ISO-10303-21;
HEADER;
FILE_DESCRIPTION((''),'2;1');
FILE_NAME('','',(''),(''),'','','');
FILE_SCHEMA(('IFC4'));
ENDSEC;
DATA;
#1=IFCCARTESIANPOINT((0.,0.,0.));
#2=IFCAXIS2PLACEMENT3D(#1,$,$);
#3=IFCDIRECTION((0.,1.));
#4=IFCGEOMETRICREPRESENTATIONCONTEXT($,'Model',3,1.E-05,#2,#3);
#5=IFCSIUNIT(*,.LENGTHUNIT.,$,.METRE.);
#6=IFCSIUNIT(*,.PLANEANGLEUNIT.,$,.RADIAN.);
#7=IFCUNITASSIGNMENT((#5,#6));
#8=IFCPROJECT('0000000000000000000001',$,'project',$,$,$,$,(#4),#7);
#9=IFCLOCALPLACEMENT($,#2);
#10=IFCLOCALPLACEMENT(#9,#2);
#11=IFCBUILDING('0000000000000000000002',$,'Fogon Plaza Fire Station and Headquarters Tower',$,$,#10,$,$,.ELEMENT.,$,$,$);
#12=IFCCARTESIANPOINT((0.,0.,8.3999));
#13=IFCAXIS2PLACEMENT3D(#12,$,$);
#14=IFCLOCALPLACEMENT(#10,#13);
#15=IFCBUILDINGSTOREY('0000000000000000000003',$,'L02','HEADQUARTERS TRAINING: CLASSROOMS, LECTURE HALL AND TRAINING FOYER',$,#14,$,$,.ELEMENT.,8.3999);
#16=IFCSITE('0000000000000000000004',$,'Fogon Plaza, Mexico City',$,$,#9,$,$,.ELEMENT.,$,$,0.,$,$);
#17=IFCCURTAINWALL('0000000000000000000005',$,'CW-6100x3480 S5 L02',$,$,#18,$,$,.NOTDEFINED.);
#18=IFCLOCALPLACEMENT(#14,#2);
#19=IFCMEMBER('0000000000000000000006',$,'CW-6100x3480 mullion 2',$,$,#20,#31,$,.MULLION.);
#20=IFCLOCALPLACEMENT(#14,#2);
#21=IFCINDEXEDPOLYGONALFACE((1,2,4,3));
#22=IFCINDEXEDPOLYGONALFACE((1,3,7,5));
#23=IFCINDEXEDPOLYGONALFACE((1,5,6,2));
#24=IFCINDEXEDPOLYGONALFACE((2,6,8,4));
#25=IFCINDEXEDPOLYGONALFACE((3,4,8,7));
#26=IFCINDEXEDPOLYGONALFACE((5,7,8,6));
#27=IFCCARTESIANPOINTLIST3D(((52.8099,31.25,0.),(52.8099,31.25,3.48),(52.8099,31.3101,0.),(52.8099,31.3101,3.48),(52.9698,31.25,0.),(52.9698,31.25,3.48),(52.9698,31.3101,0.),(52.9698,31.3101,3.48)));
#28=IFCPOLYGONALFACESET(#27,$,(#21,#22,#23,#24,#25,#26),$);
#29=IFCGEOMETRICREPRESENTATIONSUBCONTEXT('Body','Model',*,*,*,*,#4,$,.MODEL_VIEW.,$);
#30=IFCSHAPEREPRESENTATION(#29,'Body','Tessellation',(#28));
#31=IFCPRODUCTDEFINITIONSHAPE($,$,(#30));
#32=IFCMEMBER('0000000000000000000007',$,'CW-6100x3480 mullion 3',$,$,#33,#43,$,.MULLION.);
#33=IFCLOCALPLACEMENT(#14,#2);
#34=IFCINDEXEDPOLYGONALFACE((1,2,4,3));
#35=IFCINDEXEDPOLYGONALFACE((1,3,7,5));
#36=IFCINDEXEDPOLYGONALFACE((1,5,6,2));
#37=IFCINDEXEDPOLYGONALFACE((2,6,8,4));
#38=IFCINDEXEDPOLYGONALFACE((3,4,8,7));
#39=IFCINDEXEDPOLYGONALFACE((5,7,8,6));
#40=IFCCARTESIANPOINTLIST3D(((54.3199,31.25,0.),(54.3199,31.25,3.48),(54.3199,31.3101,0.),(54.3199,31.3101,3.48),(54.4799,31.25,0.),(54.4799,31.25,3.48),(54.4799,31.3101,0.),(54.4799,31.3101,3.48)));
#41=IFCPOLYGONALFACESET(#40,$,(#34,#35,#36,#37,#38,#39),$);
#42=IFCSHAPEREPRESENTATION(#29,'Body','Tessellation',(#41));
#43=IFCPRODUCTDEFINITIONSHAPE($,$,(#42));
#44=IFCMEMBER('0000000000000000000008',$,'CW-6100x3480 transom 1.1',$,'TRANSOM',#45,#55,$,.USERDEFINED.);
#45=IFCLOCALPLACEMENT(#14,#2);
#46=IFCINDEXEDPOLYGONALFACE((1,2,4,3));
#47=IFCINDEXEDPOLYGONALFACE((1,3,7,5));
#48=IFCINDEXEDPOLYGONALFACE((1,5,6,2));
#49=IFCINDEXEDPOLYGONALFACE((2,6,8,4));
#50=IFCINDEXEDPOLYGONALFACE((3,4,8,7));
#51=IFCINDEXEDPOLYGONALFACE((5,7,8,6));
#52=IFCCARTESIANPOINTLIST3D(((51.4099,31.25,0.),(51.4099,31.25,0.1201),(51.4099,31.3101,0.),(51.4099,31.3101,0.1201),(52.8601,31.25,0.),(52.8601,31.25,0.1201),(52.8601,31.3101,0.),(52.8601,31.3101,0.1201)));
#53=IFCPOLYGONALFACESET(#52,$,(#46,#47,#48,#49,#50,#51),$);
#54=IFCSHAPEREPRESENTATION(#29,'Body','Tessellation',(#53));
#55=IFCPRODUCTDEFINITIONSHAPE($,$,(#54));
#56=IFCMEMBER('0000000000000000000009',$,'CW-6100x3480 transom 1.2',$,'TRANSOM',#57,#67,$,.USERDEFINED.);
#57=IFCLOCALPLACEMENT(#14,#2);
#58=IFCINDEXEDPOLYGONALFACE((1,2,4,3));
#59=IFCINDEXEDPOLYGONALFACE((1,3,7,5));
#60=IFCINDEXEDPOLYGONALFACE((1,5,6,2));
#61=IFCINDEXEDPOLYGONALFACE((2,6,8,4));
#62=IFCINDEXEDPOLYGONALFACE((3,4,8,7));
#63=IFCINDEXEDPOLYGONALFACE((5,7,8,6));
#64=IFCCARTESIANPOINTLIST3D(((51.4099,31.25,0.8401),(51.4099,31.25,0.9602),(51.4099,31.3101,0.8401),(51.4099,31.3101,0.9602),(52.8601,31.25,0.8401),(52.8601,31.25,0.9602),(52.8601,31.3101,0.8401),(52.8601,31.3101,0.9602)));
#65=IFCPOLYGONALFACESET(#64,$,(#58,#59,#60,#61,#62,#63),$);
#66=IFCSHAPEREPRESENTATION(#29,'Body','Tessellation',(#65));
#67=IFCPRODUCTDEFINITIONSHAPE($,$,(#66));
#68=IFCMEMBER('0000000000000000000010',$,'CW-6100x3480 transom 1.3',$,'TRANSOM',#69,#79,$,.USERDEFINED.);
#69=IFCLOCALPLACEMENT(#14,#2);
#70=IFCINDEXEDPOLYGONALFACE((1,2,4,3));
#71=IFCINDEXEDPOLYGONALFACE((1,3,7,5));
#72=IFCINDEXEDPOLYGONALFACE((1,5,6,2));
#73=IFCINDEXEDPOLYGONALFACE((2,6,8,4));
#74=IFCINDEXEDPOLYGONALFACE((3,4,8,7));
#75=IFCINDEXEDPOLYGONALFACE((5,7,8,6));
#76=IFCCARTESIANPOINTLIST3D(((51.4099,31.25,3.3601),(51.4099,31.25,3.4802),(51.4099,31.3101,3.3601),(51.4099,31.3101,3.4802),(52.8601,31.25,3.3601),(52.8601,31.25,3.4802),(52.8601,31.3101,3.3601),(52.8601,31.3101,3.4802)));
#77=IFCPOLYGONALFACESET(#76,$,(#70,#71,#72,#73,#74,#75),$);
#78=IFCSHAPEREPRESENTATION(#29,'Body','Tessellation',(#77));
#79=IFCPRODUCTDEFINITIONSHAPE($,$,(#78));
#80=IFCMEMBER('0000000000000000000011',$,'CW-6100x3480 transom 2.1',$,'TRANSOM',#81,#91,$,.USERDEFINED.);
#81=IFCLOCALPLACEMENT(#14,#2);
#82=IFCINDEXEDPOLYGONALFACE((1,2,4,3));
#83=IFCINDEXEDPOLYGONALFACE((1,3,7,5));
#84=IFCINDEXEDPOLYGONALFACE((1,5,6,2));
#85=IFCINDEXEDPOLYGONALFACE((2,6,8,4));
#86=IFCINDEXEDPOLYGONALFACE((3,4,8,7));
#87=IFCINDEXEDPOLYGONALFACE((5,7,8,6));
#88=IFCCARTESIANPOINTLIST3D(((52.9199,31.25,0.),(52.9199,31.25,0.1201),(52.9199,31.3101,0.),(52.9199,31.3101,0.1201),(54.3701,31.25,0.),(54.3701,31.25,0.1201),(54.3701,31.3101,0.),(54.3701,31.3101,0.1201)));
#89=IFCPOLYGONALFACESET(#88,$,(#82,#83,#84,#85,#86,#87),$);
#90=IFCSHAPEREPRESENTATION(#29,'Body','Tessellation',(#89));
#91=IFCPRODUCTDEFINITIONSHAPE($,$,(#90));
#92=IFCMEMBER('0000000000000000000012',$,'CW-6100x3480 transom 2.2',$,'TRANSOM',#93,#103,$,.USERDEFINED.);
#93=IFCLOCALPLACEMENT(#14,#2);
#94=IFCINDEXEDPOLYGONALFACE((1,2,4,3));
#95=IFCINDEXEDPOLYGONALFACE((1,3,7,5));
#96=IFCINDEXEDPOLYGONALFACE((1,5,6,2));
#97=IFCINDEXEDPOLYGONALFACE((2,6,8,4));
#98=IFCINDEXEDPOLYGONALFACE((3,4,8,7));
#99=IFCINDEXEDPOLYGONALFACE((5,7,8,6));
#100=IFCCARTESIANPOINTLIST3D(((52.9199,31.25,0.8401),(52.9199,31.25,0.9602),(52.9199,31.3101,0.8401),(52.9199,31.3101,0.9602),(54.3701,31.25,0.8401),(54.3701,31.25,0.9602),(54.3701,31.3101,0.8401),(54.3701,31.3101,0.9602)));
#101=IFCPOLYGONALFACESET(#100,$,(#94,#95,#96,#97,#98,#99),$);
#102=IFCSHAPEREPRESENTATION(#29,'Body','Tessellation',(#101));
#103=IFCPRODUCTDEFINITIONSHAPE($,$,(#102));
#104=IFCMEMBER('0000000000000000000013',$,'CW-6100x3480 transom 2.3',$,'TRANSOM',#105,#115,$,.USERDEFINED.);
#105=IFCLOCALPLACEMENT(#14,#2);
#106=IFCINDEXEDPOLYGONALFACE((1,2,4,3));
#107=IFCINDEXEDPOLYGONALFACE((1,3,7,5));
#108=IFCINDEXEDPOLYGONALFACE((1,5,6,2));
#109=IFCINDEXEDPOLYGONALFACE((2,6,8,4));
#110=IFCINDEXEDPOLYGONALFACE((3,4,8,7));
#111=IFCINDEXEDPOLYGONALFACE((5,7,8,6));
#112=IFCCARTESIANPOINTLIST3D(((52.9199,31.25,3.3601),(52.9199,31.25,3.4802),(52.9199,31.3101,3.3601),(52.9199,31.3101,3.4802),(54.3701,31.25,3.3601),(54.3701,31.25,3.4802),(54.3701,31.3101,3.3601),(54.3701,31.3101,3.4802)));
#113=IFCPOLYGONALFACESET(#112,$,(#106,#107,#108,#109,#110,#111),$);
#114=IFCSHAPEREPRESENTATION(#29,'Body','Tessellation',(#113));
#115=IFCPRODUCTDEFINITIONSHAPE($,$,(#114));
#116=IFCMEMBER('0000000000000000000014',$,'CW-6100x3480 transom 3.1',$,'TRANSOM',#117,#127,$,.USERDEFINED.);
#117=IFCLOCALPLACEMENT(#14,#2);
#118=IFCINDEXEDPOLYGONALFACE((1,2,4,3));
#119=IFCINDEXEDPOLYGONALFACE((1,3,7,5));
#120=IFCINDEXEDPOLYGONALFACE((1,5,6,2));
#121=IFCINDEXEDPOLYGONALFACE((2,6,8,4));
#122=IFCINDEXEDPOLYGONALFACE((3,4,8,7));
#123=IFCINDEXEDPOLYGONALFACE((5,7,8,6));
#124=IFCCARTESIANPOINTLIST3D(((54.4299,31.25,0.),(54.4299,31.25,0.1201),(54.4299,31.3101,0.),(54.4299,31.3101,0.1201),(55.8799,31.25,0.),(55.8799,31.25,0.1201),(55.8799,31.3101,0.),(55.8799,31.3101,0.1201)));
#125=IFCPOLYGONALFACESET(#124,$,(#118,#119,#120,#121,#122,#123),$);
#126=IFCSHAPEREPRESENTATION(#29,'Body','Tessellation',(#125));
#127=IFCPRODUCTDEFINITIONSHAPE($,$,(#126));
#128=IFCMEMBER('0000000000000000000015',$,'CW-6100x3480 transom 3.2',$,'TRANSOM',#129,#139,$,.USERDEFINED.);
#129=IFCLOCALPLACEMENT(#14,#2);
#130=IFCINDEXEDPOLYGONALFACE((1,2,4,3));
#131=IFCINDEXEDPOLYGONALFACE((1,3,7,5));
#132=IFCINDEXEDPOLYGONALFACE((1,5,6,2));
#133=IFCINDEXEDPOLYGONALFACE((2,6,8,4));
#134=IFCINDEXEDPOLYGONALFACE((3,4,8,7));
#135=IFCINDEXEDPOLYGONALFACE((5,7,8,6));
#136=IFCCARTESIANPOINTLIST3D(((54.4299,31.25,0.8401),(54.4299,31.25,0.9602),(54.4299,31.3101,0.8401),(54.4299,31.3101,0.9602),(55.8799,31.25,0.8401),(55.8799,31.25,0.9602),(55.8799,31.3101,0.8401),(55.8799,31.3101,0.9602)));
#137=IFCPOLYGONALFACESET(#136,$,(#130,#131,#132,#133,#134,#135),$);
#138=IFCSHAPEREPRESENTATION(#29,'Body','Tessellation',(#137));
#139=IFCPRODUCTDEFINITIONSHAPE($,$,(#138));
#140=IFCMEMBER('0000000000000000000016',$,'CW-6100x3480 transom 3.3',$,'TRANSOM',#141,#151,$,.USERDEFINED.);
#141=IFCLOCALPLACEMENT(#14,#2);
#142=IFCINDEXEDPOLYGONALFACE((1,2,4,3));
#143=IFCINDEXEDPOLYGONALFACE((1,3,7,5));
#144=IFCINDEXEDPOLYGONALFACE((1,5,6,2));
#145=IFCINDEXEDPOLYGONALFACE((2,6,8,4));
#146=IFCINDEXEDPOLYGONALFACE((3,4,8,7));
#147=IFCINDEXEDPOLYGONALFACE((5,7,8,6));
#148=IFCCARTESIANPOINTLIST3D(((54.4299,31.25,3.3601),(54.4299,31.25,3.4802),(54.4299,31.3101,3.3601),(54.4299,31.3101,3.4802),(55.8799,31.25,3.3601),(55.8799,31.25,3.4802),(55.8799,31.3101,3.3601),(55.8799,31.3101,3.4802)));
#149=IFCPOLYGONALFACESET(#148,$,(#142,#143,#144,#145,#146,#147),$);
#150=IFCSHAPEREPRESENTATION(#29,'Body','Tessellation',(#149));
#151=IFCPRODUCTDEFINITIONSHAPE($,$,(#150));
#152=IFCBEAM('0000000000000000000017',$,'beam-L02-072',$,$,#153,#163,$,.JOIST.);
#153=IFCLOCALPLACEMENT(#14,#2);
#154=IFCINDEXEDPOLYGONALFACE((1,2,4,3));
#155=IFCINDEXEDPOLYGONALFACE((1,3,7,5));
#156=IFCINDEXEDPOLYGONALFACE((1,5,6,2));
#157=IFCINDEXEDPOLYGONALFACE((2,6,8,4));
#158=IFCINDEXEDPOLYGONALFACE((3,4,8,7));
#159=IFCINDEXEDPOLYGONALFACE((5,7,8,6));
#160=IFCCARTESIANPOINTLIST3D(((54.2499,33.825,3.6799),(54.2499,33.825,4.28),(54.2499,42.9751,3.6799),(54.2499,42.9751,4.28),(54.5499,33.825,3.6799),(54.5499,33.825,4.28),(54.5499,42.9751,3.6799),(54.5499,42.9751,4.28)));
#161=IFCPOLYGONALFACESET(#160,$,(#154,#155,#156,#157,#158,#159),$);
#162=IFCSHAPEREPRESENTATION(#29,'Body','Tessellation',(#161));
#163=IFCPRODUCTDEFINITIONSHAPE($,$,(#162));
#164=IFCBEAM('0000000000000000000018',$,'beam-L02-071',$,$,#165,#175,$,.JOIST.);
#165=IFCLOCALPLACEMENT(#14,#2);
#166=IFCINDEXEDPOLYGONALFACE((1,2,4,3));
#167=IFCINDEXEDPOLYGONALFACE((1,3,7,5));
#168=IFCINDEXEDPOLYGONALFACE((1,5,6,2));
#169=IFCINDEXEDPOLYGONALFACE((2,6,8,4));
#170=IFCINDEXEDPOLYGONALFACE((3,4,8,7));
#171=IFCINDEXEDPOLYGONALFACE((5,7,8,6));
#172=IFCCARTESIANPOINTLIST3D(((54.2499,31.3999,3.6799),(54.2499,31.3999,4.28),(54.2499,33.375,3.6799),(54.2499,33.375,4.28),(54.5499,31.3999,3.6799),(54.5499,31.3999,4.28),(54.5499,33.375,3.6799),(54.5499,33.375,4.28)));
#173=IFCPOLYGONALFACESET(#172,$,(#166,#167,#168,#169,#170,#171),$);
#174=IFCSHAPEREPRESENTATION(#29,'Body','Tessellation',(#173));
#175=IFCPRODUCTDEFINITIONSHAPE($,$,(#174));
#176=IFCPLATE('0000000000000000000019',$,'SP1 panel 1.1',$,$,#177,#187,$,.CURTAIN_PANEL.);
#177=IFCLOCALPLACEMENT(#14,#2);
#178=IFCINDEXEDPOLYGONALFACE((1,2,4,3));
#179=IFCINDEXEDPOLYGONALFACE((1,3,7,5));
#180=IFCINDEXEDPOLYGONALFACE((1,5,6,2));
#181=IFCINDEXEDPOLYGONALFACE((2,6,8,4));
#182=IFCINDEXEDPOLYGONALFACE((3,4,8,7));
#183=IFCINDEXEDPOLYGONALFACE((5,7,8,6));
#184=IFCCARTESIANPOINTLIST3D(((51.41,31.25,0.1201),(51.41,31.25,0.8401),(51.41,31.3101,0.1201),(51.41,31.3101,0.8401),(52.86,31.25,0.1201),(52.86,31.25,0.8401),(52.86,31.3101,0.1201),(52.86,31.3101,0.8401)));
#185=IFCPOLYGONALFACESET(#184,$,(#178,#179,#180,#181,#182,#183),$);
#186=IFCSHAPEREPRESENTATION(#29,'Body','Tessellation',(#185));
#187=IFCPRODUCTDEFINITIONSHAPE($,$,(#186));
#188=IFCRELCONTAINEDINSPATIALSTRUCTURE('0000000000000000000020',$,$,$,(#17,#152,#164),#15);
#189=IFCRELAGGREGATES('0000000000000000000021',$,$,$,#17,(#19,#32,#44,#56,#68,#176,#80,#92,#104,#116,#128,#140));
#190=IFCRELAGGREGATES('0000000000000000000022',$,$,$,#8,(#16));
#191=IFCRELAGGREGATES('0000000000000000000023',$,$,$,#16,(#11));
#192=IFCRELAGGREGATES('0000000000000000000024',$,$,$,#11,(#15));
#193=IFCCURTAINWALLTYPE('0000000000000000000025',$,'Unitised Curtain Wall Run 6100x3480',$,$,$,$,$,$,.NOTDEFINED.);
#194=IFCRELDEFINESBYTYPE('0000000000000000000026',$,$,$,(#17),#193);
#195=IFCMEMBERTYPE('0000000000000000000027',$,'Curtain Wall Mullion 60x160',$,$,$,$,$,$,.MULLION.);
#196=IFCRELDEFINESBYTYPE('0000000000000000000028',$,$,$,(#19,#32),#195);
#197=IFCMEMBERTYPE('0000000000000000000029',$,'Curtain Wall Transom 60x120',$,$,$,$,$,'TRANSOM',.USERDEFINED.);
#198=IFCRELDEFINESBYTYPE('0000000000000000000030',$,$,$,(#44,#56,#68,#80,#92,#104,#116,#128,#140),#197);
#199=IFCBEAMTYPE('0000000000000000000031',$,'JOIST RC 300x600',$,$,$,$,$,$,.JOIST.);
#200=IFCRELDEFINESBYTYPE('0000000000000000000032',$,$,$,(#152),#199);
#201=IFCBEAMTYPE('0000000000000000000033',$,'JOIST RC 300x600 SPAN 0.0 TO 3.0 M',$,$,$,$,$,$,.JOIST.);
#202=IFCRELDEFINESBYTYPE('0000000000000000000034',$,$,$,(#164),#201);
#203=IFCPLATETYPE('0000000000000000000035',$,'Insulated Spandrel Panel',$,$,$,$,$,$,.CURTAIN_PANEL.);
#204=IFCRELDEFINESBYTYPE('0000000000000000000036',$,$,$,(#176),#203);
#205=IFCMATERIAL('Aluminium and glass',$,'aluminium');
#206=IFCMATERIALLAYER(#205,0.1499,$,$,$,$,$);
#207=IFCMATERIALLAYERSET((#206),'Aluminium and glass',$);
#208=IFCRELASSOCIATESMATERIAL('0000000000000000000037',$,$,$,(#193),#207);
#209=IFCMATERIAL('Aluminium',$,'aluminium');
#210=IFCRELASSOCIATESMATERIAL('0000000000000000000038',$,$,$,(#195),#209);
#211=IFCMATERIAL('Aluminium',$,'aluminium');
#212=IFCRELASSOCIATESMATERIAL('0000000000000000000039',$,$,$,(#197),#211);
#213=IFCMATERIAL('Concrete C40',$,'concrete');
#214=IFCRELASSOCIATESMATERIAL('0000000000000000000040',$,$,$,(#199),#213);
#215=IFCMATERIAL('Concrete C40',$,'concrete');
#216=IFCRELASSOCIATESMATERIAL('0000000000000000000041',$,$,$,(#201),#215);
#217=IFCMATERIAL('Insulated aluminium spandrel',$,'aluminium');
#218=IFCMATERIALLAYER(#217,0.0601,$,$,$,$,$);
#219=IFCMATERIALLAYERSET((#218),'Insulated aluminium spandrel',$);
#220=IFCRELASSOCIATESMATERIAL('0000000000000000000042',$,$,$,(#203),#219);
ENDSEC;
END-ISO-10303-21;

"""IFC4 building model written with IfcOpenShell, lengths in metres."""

from ifc_helpers import new_model, si_unit, direction, frame, origin, origin_2d, place, context, subcontext, project, spatial, rectangle, extrude, material, layer, layer_set, material_profile, profile_set, type_object, element, aggregate, save


model = new_model("IFC4")

# Units and contexts
model_context = context("Model", 3, precision=1e-05, world=origin(), true_north=direction((0.0, 1.0)))
body_context = subcontext(model_context, "Body", "Model", "MODEL_VIEW")
ifc_project = project(units=[si_unit("LENGTHUNIT", "METRE"), si_unit("PLANEANGLEUNIT", "RADIAN")], contexts=[model_context])

# Site, building, storey
site_placement = place(None, origin())
site = spatial("IfcSite", under=ifc_project, at=site_placement, Name="Fogon Plaza, Mexico City", CompositionType="ELEMENT", RefElevation=0.0)
building_placement = place(site_placement, origin())
building = spatial("IfcBuilding", under=site, at=building_placement, Name="Fogon Plaza Fire Station and Headquarters Tower", CompositionType="ELEMENT")
storey_placement = place(building_placement, frame((0.0, 0.0, 8.3999)))
storey = spatial("IfcBuildingStorey", under=building, at=storey_placement, Name="L02", Description="HEADQUARTERS TRAINING: CLASSROOMS, LECTURE HALL AND TRAINING FOYER", CompositionType="ELEMENT", Elevation=8.3999)

# Curtain wall, members
ifc_material_1 = material(Name="Aluminium and glass", Category="aluminium")
ifc_layer_1 = layer(ifc_material_1, 0.1499)
ifc_layer_set_1 = layer_set([ifc_layer_1], Name="Aluminium and glass")
curtain_wall_type = type_object("IfcCurtainWallType", Name="Unitised Curtain Wall Run 6100x3480", PredefinedType="NOTDEFINED", material=ifc_layer_set_1)
curtain_wall_placement = place(storey_placement, origin())
curtain_wall = element("IfcCurtainWall", 1, at=curtain_wall_placement, inside=storey, type_object=curtain_wall_type, Name="CW-6100x3480 S5 L02", PredefinedType="NOTDEFINED")
ifc_material_2 = material(Name="Aluminium", Category="aluminium")
ifc_material_profile_1 = material_profile(ifc_material_2, rectangle(XDim=0.0601, YDim=0.1599, at=origin_2d()), Name="Curtain Wall Mullion 60x160")
ifc_profile_set_1 = profile_set([ifc_material_profile_1], Name="Aluminium")
member_type_1 = type_object("IfcMemberType", Name="Curtain Wall Mullion 60x160", PredefinedType="MULLION", material=ifc_profile_set_1)
member_1_placement = place(storey_placement, frame((52.8899, 31.28, 0.0), z_axis=(0.0, 0.0, 1.0), x_axis=(0.0, 1.0, 0.0)))
member_1 = element("IfcMember", 2, at=member_1_placement, type_object=member_type_1, Name="CW-6100x3480 mullion 2", PredefinedType="MULLION", context=body_context, shape_type="SweptSolid", body=[
    extrude(rectangle(XDim=0.0601, YDim=0.1599, at=origin_2d()), origin(), (0.0, 0.0, 1.0), 3.48),
])
member_2_placement = place(storey_placement, frame((54.3999, 31.28, 0.0), z_axis=(0.0, 0.0, 1.0), x_axis=(0.0, 1.0, 0.0)))
member_2 = element("IfcMember", 3, at=member_2_placement, type_object=member_type_1, Name="CW-6100x3480 mullion 3", PredefinedType="MULLION", context=body_context, shape_type="SweptSolid", body=[
    extrude(rectangle(XDim=0.0601, YDim=0.1599, at=origin_2d()), origin(), (0.0, 0.0, 1.0), 3.48),
])
ifc_material_3 = material(Name="Aluminium", Category="aluminium")
ifc_material_profile_2 = material_profile(ifc_material_3, rectangle(XDim=0.0601, YDim=0.1201, at=origin_2d()), Name="Curtain Wall Transom 60x120")
ifc_profile_set_2 = profile_set([ifc_material_profile_2], Name="Aluminium")
member_type_2 = type_object("IfcMemberType", Name="Curtain Wall Transom 60x120", ElementType="TRANSOM", PredefinedType="USERDEFINED", material=ifc_profile_set_2)
member_3_placement = place(storey_placement, frame((51.4099, 31.28, 0.0601), z_axis=(1.0, 0.0, 0.0), x_axis=(0.0, 1.0, 0.0)))
member_3 = element("IfcMember", 4, at=member_3_placement, type_object=member_type_2, Name="CW-6100x3480 transom 1.1", ObjectType="TRANSOM", PredefinedType="USERDEFINED", context=body_context, shape_type="SweptSolid", body=[
    extrude(rectangle(XDim=0.0601, YDim=0.1201, at=origin_2d()), origin(), (0.0, 0.0, 1.0), 1.4502),
])
member_4_placement = place(storey_placement, frame((51.4099, 31.28, 0.9001), z_axis=(1.0, 0.0, 0.0), x_axis=(0.0, 1.0, 0.0)))
member_4 = element("IfcMember", 5, at=member_4_placement, type_object=member_type_2, Name="CW-6100x3480 transom 1.2", ObjectType="TRANSOM", PredefinedType="USERDEFINED", context=body_context, shape_type="SweptSolid", body=[
    extrude(rectangle(XDim=0.0601, YDim=0.1201, at=origin_2d()), origin(), (0.0, 0.0, 1.0), 1.4502),
])
member_5_placement = place(storey_placement, frame((51.4099, 31.28, 3.4202), z_axis=(1.0, 0.0, 0.0), x_axis=(0.0, 1.0, 0.0)))
member_5 = element("IfcMember", 6, at=member_5_placement, type_object=member_type_2, Name="CW-6100x3480 transom 1.3", ObjectType="TRANSOM", PredefinedType="USERDEFINED", context=body_context, shape_type="SweptSolid", body=[
    extrude(rectangle(XDim=0.0601, YDim=0.1201, at=origin_2d()), origin(), (0.0, 0.0, 1.0), 1.4502),
])
member_6_placement = place(storey_placement, frame((52.9199, 31.28, 0.0601), z_axis=(1.0, 0.0, 0.0), x_axis=(0.0, 1.0, 0.0)))
member_6 = element("IfcMember", 7, at=member_6_placement, type_object=member_type_2, Name="CW-6100x3480 transom 2.1", ObjectType="TRANSOM", PredefinedType="USERDEFINED", context=body_context, shape_type="SweptSolid", body=[
    extrude(rectangle(XDim=0.0601, YDim=0.1201, at=origin_2d()), origin(), (0.0, 0.0, 1.0), 1.4502),
])
member_7_placement = place(storey_placement, frame((52.9199, 31.28, 0.9001), z_axis=(1.0, 0.0, 0.0), x_axis=(0.0, 1.0, 0.0)))
member_7 = element("IfcMember", 8, at=member_7_placement, type_object=member_type_2, Name="CW-6100x3480 transom 2.2", ObjectType="TRANSOM", PredefinedType="USERDEFINED", context=body_context, shape_type="SweptSolid", body=[
    extrude(rectangle(XDim=0.0601, YDim=0.1201, at=origin_2d()), origin(), (0.0, 0.0, 1.0), 1.4502),
])
member_8_placement = place(storey_placement, frame((52.9199, 31.28, 3.4202), z_axis=(1.0, 0.0, 0.0), x_axis=(0.0, 1.0, 0.0)))
member_8 = element("IfcMember", 9, at=member_8_placement, type_object=member_type_2, Name="CW-6100x3480 transom 2.3", ObjectType="TRANSOM", PredefinedType="USERDEFINED", context=body_context, shape_type="SweptSolid", body=[
    extrude(rectangle(XDim=0.0601, YDim=0.1201, at=origin_2d()), origin(), (0.0, 0.0, 1.0), 1.4502),
])
member_9_placement = place(storey_placement, frame((54.4299, 31.28, 0.0601), z_axis=(1.0, 0.0, 0.0), x_axis=(0.0, 1.0, 0.0)))
member_9 = element("IfcMember", 10, at=member_9_placement, type_object=member_type_2, Name="CW-6100x3480 transom 3.1", ObjectType="TRANSOM", PredefinedType="USERDEFINED", context=body_context, shape_type="SweptSolid", body=[
    extrude(rectangle(XDim=0.0601, YDim=0.1201, at=origin_2d()), origin(), (0.0, 0.0, 1.0), 1.45),
])
member_10_placement = place(storey_placement, frame((54.4299, 31.28, 0.9001), z_axis=(1.0, 0.0, 0.0), x_axis=(0.0, 1.0, 0.0)))
member_10 = element("IfcMember", 11, at=member_10_placement, type_object=member_type_2, Name="CW-6100x3480 transom 3.2", ObjectType="TRANSOM", PredefinedType="USERDEFINED", context=body_context, shape_type="SweptSolid", body=[
    extrude(rectangle(XDim=0.0601, YDim=0.1201, at=origin_2d()), origin(), (0.0, 0.0, 1.0), 1.45),
])
member_11_placement = place(storey_placement, frame((54.4299, 31.28, 3.4202), z_axis=(1.0, 0.0, 0.0), x_axis=(0.0, 1.0, 0.0)))
member_11 = element("IfcMember", 12, at=member_11_placement, type_object=member_type_2, Name="CW-6100x3480 transom 3.3", ObjectType="TRANSOM", PredefinedType="USERDEFINED", context=body_context, shape_type="SweptSolid", body=[
    extrude(rectangle(XDim=0.0601, YDim=0.1201, at=origin_2d()), origin(), (0.0, 0.0, 1.0), 1.45),
])

# Beams
ifc_material_4 = material(Name="Concrete C40", Category="concrete")
ifc_material_profile_3 = material_profile(ifc_material_4, rectangle(XDim=0.3, YDim=0.6001, at=origin_2d()), Name="RC 300x600")
ifc_profile_set_3 = profile_set([ifc_material_profile_3], Name="Concrete C40")
beam_type_1 = type_object("IfcBeamType", Name="JOIST RC 300x600", PredefinedType="JOIST", material=ifc_profile_set_3)
beam_1_placement = place(storey_placement, frame((54.3999, 33.825, 3.98), z_axis=(0.0, 1.0, 0.0), x_axis=(-1.0, 0.0, 0.0)))
element("IfcBeam", 13, at=beam_1_placement, inside=storey, type_object=beam_type_1, Name="beam-L02-072", PredefinedType="JOIST", context=body_context, shape_type="SweptSolid", body=[
    extrude(rectangle(XDim=0.3, YDim=0.6001, at=origin_2d()), origin(), (0.0, 0.0, 1.0), 9.1501),
])
ifc_material_5 = material(Name="Concrete C40", Category="concrete")
ifc_material_profile_4 = material_profile(ifc_material_5, rectangle(XDim=0.3, YDim=0.6001, at=origin_2d()), Name="RC 300x600")
ifc_profile_set_4 = profile_set([ifc_material_profile_4], Name="Concrete C40")
beam_type_2 = type_object("IfcBeamType", Name="JOIST RC 300x600 SPAN 0.0 TO 3.0 M", PredefinedType="JOIST", material=ifc_profile_set_4)
beam_2_placement = place(storey_placement, frame((54.3999, 31.3999, 3.98), z_axis=(0.0, 1.0, 0.0), x_axis=(-1.0, 0.0, 0.0)))
element("IfcBeam", 14, at=beam_2_placement, inside=storey, type_object=beam_type_2, Name="beam-L02-071", PredefinedType="JOIST", context=body_context, shape_type="SweptSolid", body=[
    extrude(rectangle(XDim=0.3, YDim=0.6001, at=origin_2d()), origin(), (0.0, 0.0, 1.0), 1.9751),
])

# Plate
ifc_material_6 = material(Name="Insulated aluminium spandrel", Category="aluminium")
ifc_layer_2 = layer(ifc_material_6, 0.0601)
ifc_layer_set_2 = layer_set([ifc_layer_2], Name="Insulated aluminium spandrel")
plate_type_1 = type_object("IfcPlateType", Name="Insulated Spandrel Panel", PredefinedType="CURTAIN_PANEL", material=ifc_layer_set_2)
plate_1_placement = place(storey_placement, frame((52.135, 31.28, 0.1201), z_axis=(0.0, 0.0, 1.0), x_axis=(1.0, 0.0, 0.0)))
plate_1 = element("IfcPlate", 15, at=plate_1_placement, type_object=plate_type_1, Name="SP1 panel 1.1", PredefinedType="CURTAIN_PANEL", context=body_context, shape_type="SweptSolid", body=[
    extrude(rectangle(XDim=1.45, YDim=0.0601, at=origin_2d()), origin(), (0.0, 0.0, 1.0), 0.72),
])
aggregate(curtain_wall, [member_1, member_2, member_3, member_4, member_5, plate_1, member_6, member_7, member_8, member_9, member_10, member_11])

save(model, "model.ifc")
